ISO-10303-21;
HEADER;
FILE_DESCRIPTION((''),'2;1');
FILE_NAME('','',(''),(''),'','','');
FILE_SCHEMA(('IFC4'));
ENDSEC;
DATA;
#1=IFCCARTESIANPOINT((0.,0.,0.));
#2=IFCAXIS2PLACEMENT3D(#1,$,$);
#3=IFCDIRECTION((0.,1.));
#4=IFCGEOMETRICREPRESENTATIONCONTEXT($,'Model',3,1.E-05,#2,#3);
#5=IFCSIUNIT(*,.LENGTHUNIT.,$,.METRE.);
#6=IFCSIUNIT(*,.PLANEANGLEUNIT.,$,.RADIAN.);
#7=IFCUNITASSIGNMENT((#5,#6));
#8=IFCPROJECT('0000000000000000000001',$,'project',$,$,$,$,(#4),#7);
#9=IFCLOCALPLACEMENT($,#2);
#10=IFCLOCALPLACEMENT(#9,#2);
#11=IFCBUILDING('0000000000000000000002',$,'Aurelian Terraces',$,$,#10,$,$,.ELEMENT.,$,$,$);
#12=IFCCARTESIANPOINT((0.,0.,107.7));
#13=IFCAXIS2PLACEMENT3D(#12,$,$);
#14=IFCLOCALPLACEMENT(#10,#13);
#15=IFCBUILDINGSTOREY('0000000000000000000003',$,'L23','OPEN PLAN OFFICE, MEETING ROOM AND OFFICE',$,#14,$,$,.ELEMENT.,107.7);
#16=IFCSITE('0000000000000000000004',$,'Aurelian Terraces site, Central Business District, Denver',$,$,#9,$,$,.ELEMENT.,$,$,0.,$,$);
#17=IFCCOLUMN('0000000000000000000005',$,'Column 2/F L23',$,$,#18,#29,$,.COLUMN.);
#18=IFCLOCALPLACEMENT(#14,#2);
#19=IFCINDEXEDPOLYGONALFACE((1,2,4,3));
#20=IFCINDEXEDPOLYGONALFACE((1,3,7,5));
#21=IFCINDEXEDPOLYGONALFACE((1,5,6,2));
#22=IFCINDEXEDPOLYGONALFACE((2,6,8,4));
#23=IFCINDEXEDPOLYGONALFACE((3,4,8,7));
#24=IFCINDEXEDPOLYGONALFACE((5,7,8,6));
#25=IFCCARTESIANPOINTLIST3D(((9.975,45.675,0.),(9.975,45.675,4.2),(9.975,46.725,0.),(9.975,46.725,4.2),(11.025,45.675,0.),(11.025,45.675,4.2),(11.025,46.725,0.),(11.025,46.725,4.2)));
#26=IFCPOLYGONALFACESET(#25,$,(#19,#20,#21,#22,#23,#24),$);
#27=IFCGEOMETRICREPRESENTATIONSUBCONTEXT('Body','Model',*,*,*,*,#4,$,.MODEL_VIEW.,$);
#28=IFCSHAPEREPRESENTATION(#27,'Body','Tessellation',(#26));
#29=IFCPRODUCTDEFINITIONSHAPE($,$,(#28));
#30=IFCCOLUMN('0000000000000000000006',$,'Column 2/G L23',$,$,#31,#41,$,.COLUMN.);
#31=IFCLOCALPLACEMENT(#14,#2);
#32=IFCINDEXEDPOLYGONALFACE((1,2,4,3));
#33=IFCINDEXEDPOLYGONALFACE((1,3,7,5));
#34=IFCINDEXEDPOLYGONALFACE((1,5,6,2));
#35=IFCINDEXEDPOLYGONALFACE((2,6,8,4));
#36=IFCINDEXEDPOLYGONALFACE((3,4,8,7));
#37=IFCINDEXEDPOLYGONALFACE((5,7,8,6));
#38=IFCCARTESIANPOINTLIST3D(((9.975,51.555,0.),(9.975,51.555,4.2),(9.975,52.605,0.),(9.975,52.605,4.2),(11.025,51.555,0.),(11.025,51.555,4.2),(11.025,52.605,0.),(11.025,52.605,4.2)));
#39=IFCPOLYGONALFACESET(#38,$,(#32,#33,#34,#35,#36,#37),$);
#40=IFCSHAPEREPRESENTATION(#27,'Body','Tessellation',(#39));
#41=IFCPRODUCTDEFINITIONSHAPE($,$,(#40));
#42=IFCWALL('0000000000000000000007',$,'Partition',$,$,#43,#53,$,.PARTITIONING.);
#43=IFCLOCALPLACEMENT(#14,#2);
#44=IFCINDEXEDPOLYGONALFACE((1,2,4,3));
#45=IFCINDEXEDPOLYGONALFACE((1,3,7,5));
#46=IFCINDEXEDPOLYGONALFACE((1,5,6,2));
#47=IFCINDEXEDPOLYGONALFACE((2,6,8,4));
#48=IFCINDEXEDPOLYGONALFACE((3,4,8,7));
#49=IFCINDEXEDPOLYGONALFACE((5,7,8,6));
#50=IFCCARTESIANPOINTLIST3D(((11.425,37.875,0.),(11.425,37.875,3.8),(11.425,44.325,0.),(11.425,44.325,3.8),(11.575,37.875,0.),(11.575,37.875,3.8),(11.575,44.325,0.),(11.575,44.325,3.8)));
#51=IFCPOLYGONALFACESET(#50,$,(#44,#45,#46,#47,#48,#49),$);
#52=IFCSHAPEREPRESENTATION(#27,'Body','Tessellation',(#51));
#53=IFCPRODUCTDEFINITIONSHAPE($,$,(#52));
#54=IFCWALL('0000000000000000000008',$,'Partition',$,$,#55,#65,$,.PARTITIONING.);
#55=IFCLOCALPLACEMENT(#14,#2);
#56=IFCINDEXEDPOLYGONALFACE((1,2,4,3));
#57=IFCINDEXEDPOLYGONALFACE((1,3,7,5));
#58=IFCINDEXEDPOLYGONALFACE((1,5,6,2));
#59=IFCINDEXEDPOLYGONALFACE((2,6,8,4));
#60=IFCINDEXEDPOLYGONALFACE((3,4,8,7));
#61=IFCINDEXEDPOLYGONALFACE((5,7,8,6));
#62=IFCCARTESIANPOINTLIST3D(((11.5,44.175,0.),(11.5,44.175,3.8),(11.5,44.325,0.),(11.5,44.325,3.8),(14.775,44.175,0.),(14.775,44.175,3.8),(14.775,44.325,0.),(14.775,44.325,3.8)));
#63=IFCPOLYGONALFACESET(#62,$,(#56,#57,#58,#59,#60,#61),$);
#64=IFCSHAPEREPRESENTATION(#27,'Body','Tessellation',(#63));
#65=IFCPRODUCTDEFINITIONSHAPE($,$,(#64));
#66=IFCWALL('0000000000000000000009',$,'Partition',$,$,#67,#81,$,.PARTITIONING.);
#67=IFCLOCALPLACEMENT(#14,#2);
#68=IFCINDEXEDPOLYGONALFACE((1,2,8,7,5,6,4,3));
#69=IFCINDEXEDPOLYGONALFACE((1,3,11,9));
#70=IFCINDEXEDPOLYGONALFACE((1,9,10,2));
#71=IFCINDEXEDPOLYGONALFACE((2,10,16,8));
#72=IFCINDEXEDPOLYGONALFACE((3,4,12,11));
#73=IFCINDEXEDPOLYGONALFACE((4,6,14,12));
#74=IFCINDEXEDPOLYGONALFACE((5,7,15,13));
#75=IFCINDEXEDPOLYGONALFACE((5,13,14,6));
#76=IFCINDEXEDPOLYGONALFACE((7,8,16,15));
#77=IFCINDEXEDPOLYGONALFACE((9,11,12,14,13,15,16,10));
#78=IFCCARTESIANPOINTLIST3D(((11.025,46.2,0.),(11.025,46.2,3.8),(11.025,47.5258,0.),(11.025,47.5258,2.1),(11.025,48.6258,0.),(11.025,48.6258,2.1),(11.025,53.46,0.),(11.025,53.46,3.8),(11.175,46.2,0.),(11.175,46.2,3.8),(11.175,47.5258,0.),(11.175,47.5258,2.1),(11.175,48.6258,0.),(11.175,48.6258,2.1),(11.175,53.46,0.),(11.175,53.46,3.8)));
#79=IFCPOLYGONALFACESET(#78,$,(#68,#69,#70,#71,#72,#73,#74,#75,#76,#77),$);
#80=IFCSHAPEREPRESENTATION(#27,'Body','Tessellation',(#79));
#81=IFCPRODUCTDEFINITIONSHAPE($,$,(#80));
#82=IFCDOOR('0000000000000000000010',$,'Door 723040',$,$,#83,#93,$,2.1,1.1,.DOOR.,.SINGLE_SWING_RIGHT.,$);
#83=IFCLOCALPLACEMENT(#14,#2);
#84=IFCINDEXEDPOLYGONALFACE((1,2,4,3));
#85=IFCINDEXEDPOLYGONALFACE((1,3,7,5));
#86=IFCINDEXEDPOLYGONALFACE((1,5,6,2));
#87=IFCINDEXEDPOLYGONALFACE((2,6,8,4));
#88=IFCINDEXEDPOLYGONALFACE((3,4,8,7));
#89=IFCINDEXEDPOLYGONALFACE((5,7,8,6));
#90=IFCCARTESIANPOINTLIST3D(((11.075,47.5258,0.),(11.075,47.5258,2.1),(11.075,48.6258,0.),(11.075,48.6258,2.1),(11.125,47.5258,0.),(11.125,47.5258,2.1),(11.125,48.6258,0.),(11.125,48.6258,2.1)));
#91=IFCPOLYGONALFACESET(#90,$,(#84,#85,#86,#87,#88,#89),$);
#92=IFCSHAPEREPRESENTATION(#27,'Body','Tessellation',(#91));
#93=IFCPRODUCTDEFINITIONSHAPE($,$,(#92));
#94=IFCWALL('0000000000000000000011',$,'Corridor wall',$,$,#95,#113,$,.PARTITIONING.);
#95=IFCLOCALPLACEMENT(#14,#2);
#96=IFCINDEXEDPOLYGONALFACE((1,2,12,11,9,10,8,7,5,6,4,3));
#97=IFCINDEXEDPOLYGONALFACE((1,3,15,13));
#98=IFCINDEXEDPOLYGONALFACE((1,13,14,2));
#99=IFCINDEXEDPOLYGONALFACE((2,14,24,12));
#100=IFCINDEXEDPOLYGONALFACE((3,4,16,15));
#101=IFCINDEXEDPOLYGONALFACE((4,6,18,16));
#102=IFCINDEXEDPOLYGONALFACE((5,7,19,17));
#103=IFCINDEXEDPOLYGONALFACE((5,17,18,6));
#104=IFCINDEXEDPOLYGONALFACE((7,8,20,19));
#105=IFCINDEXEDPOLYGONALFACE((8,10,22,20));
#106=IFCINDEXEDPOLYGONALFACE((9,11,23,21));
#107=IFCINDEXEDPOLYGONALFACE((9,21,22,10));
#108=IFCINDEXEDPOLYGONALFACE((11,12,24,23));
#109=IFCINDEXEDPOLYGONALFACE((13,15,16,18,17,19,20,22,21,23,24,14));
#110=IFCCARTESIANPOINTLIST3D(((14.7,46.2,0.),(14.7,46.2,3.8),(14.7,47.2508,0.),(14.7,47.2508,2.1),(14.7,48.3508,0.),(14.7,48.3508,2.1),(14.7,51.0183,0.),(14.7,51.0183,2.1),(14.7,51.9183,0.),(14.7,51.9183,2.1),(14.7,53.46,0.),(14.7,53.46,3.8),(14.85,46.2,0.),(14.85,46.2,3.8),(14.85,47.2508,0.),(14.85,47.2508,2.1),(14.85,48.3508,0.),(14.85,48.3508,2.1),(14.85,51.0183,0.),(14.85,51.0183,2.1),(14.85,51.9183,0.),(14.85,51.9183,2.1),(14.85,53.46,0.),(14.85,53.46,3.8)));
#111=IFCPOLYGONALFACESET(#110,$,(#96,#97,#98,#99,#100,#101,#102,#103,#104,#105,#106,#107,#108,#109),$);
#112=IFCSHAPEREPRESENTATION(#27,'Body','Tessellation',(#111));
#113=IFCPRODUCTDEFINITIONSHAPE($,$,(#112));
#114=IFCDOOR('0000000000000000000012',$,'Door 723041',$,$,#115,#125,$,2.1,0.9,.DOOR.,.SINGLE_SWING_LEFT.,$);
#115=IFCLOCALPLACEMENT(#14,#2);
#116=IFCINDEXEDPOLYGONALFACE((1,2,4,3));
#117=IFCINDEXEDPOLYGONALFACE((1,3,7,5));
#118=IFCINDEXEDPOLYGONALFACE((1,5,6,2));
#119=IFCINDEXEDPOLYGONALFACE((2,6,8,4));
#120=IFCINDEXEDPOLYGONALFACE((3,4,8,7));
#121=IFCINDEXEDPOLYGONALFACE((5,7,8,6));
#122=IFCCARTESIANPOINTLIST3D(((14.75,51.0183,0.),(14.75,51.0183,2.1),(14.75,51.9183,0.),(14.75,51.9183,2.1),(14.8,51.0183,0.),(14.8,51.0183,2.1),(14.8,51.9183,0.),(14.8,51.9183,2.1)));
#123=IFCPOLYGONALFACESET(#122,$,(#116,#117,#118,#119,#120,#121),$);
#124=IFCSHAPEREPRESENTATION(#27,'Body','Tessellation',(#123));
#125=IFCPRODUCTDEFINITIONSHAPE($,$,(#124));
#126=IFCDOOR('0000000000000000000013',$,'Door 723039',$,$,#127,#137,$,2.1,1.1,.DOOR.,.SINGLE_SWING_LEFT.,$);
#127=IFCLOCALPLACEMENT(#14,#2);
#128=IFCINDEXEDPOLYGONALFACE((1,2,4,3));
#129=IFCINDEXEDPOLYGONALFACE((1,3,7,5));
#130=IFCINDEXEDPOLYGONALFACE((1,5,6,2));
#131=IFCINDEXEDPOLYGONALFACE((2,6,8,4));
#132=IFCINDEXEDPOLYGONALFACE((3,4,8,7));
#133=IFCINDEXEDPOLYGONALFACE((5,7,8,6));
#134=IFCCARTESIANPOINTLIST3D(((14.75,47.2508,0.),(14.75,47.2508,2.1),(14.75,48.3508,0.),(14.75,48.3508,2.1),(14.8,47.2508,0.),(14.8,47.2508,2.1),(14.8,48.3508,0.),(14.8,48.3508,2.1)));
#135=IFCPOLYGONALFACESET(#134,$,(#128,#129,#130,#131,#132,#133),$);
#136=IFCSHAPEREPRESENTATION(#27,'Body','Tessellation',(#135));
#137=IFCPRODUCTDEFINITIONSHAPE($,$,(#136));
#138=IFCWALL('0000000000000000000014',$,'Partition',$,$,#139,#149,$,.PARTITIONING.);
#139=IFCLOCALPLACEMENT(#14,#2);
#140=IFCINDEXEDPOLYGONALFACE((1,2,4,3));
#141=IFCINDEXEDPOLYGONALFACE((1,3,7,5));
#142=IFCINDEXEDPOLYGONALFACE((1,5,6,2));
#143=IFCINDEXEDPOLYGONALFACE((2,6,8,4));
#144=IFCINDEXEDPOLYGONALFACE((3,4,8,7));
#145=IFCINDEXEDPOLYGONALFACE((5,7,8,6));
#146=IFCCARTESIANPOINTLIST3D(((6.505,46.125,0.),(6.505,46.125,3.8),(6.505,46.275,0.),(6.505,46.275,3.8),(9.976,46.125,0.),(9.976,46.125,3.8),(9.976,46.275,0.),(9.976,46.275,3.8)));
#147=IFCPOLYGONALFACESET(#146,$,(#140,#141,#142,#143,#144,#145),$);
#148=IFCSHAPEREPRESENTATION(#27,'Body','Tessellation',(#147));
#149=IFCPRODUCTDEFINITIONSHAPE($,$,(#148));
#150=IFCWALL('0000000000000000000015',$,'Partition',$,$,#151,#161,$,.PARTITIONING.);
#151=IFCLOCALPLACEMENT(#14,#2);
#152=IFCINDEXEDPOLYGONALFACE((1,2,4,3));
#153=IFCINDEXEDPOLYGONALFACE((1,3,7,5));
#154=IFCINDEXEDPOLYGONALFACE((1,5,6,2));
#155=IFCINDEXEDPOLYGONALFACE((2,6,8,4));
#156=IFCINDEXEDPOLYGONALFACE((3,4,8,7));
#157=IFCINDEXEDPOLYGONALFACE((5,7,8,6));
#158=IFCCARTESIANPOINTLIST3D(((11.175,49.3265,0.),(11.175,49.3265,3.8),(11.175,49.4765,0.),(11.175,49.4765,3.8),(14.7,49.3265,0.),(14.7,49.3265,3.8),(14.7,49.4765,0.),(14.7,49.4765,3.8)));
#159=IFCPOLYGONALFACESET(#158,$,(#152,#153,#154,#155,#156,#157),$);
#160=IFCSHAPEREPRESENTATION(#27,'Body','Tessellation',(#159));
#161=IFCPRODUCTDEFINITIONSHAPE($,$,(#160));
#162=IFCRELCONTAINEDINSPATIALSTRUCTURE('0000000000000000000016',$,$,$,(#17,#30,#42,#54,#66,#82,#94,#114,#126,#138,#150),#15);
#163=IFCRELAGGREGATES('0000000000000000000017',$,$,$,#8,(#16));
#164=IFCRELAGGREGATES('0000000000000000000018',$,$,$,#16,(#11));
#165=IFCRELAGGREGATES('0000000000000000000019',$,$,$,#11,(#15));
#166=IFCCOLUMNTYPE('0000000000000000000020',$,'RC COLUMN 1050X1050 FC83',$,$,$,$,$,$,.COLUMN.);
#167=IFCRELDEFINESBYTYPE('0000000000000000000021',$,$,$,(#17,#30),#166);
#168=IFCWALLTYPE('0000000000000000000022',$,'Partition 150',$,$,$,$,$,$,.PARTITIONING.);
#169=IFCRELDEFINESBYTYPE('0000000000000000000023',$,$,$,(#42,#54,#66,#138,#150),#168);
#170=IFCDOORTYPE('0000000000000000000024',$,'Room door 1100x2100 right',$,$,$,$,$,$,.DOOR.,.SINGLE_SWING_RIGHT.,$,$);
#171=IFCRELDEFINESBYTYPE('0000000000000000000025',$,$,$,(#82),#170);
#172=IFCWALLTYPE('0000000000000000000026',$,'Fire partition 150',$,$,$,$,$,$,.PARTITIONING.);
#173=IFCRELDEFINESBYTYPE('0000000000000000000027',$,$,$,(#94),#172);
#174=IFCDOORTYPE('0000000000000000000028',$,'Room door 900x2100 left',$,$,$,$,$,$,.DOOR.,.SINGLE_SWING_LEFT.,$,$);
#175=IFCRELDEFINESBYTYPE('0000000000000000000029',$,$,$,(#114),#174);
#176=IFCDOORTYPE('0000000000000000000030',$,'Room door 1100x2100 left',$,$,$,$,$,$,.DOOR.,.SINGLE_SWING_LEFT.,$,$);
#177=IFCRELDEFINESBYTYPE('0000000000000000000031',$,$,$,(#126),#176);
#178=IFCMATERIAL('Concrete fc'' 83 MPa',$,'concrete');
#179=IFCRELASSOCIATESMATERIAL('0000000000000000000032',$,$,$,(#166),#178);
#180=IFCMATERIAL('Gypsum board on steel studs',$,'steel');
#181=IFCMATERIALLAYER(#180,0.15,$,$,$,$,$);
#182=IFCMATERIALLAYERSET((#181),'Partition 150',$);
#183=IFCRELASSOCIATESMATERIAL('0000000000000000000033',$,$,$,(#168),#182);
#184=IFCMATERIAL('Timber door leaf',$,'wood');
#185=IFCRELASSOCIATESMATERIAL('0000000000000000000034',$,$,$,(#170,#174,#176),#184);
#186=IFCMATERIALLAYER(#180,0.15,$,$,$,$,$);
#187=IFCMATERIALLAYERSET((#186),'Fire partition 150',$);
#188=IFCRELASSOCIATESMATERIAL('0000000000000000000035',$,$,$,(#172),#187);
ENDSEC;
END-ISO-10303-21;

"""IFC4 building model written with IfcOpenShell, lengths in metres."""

from ifc_helpers import new_model, si_unit, direction, frame, frame_2d, origin, origin_2d, place, context, subcontext, project, spatial, rectangle, extrude, source, transform, mapped, material, layer, layer_set, material_profile, profile_set, type_object, element, fill, save


model = new_model("IFC4")

# Units and contexts
model_context = context("Model", 3, precision=1e-05, world=origin(), true_north=direction((0.0, 1.0)))
body_context = subcontext(model_context, "Body", "Model", "MODEL_VIEW")
ifc_project = project(units=[si_unit("LENGTHUNIT", "METRE"), si_unit("PLANEANGLEUNIT", "RADIAN")], contexts=[model_context])

# Site, building, storey
site_placement = place(None, origin())
site = spatial("IfcSite", under=ifc_project, at=site_placement, Name="Aurelian Terraces site, Central Business District, Denver", CompositionType="ELEMENT", RefElevation=0.0)
building_placement = place(site_placement, origin())
building = spatial("IfcBuilding", under=site, at=building_placement, Name="Aurelian Terraces", CompositionType="ELEMENT")
storey_placement = place(building_placement, frame((0.0, 0.0, 107.7)))
storey = spatial("IfcBuildingStorey", under=building, at=storey_placement, Name="L23", Description="OPEN PLAN OFFICE, MEETING ROOM AND OFFICE", CompositionType="ELEMENT", Elevation=107.7)

# Columns
ifc_material_1 = material(Name="Concrete fc' 83 MPa", Category="concrete")
ifc_material_profile = material_profile(ifc_material_1, rectangle(XDim=1.05, YDim=1.05, at=origin_2d()))
ifc_profile_set = profile_set([ifc_material_profile], Name="Concrete fc' 83 MPa")
column_type = type_object("IfcColumnType", Name="RC COLUMN 1050X1050 FC83", PredefinedType="COLUMN", material=ifc_profile_set)
shared_shape_1 = source(origin(), body_context, "Body", "SweptSolid", [
    extrude(rectangle(XDim=1.05, YDim=1.05, at=origin_2d()), origin(), (0.0, 0.0, 1.0), 4.2),
])
for number, where, z_axis, x_axis, name in (
    (1, (10.5, 46.2, 0.0), (0.0, 0.0, 1.0), (1.0, 0.0, 0.0), "Column 2/F L23"),
    (2, (10.5, 52.08, 0.0), (0.0, 0.0, 1.0), (1.0, 0.0, 0.0), "Column 2/G L23"),
):
    element("IfcColumn", number, at=place(storey_placement, frame(where, z_axis=z_axis, x_axis=x_axis)), inside=storey, type_object=column_type, Name=name, PredefinedType="COLUMN", context=body_context, shape_type="MappedRepresentation", body=[
        mapped(shared_shape_1, transform((0.0, 0.0, 0.0), scale=1.0)),
    ])

# Walls
ifc_material_2 = material(Name="Gypsum board on steel studs", Category="steel")
ifc_layer_1 = layer(ifc_material_2, 0.15)
ifc_layer_set_1 = layer_set([ifc_layer_1], Name="Partition 150")
wall_type_1 = type_object("IfcWallType", Name="Partition 150", PredefinedType="PARTITIONING", material=ifc_layer_set_1)
shared_shape_2 = source(origin(), body_context, "Body", "SweptSolid", [
    extrude(rectangle(XDim=6.45, YDim=0.15, at=frame_2d((3.225, 0.0))), origin(), (0.0, 0.0, 1.0), 3.8),
])
wall_1_placement = place(storey_placement, frame((11.5, 44.325, 0.0), z_axis=(0.0, 0.0, 1.0), x_axis=(0.0, -1.0, 0.0)))
element("IfcWall", 3, at=wall_1_placement, inside=storey, type_object=wall_type_1, Name="Partition", PredefinedType="PARTITIONING", context=body_context, shape_type="MappedRepresentation", body=[
    mapped(shared_shape_2, transform((0.0, 0.0, 0.0), scale=1.0)),
])
shared_shape_3 = source(origin(), body_context, "Body", "SweptSolid", [
    extrude(rectangle(XDim=3.275, YDim=0.15, at=frame_2d((1.6375, 0.0))), origin(), (0.0, 0.0, 1.0), 3.8),
])
wall_2_placement = place(storey_placement, frame((14.775, 44.25, 0.0), z_axis=(0.0, 0.0, 1.0), x_axis=(-1.0, 0.0, 0.0)))
element("IfcWall", 4, at=wall_2_placement, inside=storey, type_object=wall_type_1, Name="Partition", PredefinedType="PARTITIONING", context=body_context, shape_type="MappedRepresentation", body=[
    mapped(shared_shape_3, transform((0.0, 0.0, 0.0), scale=1.0)),
])

# Wall, opening, door
shared_shape_4 = source(origin(), body_context, "Body", "SweptSolid", [
    extrude(rectangle(XDim=7.26, YDim=0.15, at=frame_2d((3.63, 0.0))), origin(), (0.0, 0.0, 1.0), 3.8),
])
wall_3_placement = place(storey_placement, frame((11.1, 46.2, 0.0), z_axis=(0.0, 0.0, 1.0), x_axis=(0.0, 1.0, 0.0)))
wall_3 = element("IfcWall", 5, at=wall_3_placement, inside=storey, type_object=wall_type_1, Name="Partition", PredefinedType="PARTITIONING", context=body_context, shape_type="MappedRepresentation", body=[
    mapped(shared_shape_4, transform((0.0, 0.0, 0.0), scale=1.0)),
])
shared_shape_5 = source(origin(), body_context, "Body", "SweptSolid", [
    extrude(rectangle(XDim=1.1, YDim=2.1, at=frame_2d((0.55, 1.05))), frame((0.0, 0.085, 0.0), z_axis=(0.0, -1.0, 0.0), x_axis=(1.0, 0.0, 0.0)), (0.0, 0.0, 1.0), 0.17),
])
opening_1_placement = place(wall_3_placement, frame((1.3258, 0.0, 0.0)))
opening_1 = element("IfcOpeningElement", 6, at=opening_1_placement, cuts=wall_3, PredefinedType="OPENING", context=body_context, shape_type="MappedRepresentation", body=[
    mapped(shared_shape_5, transform((0.0, 0.0, 0.0), scale=1.0)),
])
ifc_material_3 = material(Name="Timber door leaf", Category="wood")
door_type_1 = type_object("IfcDoorType", Name="Room door 1100x2100 right", OperationType="SINGLE_SWING_RIGHT", PredefinedType="DOOR", material=ifc_material_3)
shared_shape_6 = source(origin(), body_context, "Body", "SweptSolid", [
    extrude(rectangle(XDim=1.1, YDim=2.1, at=frame_2d((0.55, 1.05))), frame((0.0, 0.025, 0.0), z_axis=(0.0, -1.0, 0.0), x_axis=(1.0, 0.0, 0.0)), (0.0, 0.0, 1.0), 0.05),
])
door_1_placement = place(opening_1_placement, origin())
door_1 = element("IfcDoor", 7, at=door_1_placement, inside=storey, type_object=door_type_1, Name="Door 723040", OperationType="SINGLE_SWING_RIGHT", OverallHeight=2.1, OverallWidth=1.1, PredefinedType="DOOR", context=body_context, shape_type="MappedRepresentation", body=[
    mapped(shared_shape_6, transform((0.0, 0.0, 0.0), scale=1.0)),
])
fill(opening_1, door_1)

# Wall, openings, doors
ifc_layer_2 = layer(ifc_material_2, 0.15)
ifc_layer_set_2 = layer_set([ifc_layer_2], Name="Fire partition 150")
wall_type_2 = type_object("IfcWallType", Name="Fire partition 150", PredefinedType="PARTITIONING", material=ifc_layer_set_2)
wall_4_placement = place(storey_placement, frame((14.775, 46.2, 0.0), z_axis=(0.0, 0.0, 1.0), x_axis=(0.0, 1.0, 0.0)))
wall_4 = element("IfcWall", 8, at=wall_4_placement, inside=storey, type_object=wall_type_2, Name="Corridor wall", PredefinedType="PARTITIONING", context=body_context, shape_type="MappedRepresentation", body=[
    mapped(shared_shape_4, transform((0.0, 0.0, 0.0), scale=1.0)),
])
opening_2_placement = place(wall_4_placement, frame((1.0508, 0.0, 0.0)))
opening_2 = element("IfcOpeningElement", 9, at=opening_2_placement, cuts=wall_4, PredefinedType="OPENING", context=body_context, shape_type="MappedRepresentation", body=[
    mapped(shared_shape_5, transform((0.0, 0.0, 0.0), scale=1.0)),
])
shared_shape_7 = source(origin(), body_context, "Body", "SweptSolid", [
    extrude(rectangle(XDim=0.9, YDim=2.1, at=frame_2d((0.45, 1.05))), frame((0.0, 0.085, 0.0), z_axis=(0.0, -1.0, 0.0), x_axis=(1.0, 0.0, 0.0)), (0.0, 0.0, 1.0), 0.17),
])
opening_3_placement = place(wall_4_placement, frame((4.8183, 0.0, 0.0)))
opening_3 = element("IfcOpeningElement", 10, at=opening_3_placement, cuts=wall_4, PredefinedType="OPENING", context=body_context, shape_type="MappedRepresentation", body=[
    mapped(shared_shape_7, transform((0.0, 0.0, 0.0), scale=1.0)),
])
door_type_2 = type_object("IfcDoorType", Name="Room door 900x2100 left", OperationType="SINGLE_SWING_LEFT", PredefinedType="DOOR", material=ifc_material_3)
shared_shape_8 = source(origin(), body_context, "Body", "SweptSolid", [
    extrude(rectangle(XDim=0.9, YDim=2.1, at=frame_2d((0.45, 1.05))), frame((0.0, 0.025, 0.0), z_axis=(0.0, -1.0, 0.0), x_axis=(1.0, 0.0, 0.0)), (0.0, 0.0, 1.0), 0.05),
])
door_2_placement = place(opening_3_placement, origin())
door_2 = element("IfcDoor", 11, at=door_2_placement, inside=storey, type_object=door_type_2, Name="Door 723041", OperationType="SINGLE_SWING_LEFT", OverallHeight=2.1, OverallWidth=0.9, PredefinedType="DOOR", context=body_context, shape_type="MappedRepresentation", body=[
    mapped(shared_shape_8, transform((0.0, 0.0, 0.0), scale=1.0)),
])
fill(opening_3, door_2)
door_type_3 = type_object("IfcDoorType", Name="Room door 1100x2100 left", OperationType="SINGLE_SWING_LEFT", PredefinedType="DOOR", material=ifc_material_3)
door_3_placement = place(opening_2_placement, origin())
door_3 = element("IfcDoor", 12, at=door_3_placement, inside=storey, type_object=door_type_3, Name="Door 723039", OperationType="SINGLE_SWING_LEFT", OverallHeight=2.1, OverallWidth=1.1, PredefinedType="DOOR", context=body_context, shape_type="MappedRepresentation", body=[
    mapped(shared_shape_6, transform((0.0, 0.0, 0.0), scale=1.0)),
])
fill(opening_2, door_3)

# Walls
shared_shape_9 = source(origin(), body_context, "Body", "SweptSolid", [
    extrude(rectangle(XDim=3.471, YDim=0.15, at=frame_2d((1.7355, 0.0))), origin(), (0.0, 0.0, 1.0), 3.8),
])
wall_5_placement = place(storey_placement, frame((9.976, 46.2, 0.0), z_axis=(0.0, 0.0, 1.0), x_axis=(-1.0, 0.0, 0.0)))
element("IfcWall", 13, at=wall_5_placement, inside=storey, type_object=wall_type_1, Name="Partition", PredefinedType="PARTITIONING", context=body_context, shape_type="MappedRepresentation", body=[
    mapped(shared_shape_9, transform((0.0, 0.0, 0.0), scale=1.0)),
])
shared_shape_10 = source(origin(), body_context, "Body", "SweptSolid", [
    extrude(rectangle(XDim=3.525, YDim=0.15, at=frame_2d((1.7625, 0.0))), origin(), (0.0, 0.0, 1.0), 3.8),
])
for number, where, z_axis, x_axis, name in (
    (14, (14.7, 49.4015, 0.0), (0.0, 0.0, 1.0), (-1.0, 0.0, 0.0), "Partition"),
):
    element("IfcWall", number, at=place(storey_placement, frame(where, z_axis=z_axis, x_axis=x_axis)), inside=storey, type_object=wall_type_1, Name=name, PredefinedType="PARTITIONING", context=body_context, shape_type="MappedRepresentation", body=[
        mapped(shared_shape_10, transform((0.0, 0.0, 0.0), scale=1.0)),
    ])

save(model, "model.ifc")
